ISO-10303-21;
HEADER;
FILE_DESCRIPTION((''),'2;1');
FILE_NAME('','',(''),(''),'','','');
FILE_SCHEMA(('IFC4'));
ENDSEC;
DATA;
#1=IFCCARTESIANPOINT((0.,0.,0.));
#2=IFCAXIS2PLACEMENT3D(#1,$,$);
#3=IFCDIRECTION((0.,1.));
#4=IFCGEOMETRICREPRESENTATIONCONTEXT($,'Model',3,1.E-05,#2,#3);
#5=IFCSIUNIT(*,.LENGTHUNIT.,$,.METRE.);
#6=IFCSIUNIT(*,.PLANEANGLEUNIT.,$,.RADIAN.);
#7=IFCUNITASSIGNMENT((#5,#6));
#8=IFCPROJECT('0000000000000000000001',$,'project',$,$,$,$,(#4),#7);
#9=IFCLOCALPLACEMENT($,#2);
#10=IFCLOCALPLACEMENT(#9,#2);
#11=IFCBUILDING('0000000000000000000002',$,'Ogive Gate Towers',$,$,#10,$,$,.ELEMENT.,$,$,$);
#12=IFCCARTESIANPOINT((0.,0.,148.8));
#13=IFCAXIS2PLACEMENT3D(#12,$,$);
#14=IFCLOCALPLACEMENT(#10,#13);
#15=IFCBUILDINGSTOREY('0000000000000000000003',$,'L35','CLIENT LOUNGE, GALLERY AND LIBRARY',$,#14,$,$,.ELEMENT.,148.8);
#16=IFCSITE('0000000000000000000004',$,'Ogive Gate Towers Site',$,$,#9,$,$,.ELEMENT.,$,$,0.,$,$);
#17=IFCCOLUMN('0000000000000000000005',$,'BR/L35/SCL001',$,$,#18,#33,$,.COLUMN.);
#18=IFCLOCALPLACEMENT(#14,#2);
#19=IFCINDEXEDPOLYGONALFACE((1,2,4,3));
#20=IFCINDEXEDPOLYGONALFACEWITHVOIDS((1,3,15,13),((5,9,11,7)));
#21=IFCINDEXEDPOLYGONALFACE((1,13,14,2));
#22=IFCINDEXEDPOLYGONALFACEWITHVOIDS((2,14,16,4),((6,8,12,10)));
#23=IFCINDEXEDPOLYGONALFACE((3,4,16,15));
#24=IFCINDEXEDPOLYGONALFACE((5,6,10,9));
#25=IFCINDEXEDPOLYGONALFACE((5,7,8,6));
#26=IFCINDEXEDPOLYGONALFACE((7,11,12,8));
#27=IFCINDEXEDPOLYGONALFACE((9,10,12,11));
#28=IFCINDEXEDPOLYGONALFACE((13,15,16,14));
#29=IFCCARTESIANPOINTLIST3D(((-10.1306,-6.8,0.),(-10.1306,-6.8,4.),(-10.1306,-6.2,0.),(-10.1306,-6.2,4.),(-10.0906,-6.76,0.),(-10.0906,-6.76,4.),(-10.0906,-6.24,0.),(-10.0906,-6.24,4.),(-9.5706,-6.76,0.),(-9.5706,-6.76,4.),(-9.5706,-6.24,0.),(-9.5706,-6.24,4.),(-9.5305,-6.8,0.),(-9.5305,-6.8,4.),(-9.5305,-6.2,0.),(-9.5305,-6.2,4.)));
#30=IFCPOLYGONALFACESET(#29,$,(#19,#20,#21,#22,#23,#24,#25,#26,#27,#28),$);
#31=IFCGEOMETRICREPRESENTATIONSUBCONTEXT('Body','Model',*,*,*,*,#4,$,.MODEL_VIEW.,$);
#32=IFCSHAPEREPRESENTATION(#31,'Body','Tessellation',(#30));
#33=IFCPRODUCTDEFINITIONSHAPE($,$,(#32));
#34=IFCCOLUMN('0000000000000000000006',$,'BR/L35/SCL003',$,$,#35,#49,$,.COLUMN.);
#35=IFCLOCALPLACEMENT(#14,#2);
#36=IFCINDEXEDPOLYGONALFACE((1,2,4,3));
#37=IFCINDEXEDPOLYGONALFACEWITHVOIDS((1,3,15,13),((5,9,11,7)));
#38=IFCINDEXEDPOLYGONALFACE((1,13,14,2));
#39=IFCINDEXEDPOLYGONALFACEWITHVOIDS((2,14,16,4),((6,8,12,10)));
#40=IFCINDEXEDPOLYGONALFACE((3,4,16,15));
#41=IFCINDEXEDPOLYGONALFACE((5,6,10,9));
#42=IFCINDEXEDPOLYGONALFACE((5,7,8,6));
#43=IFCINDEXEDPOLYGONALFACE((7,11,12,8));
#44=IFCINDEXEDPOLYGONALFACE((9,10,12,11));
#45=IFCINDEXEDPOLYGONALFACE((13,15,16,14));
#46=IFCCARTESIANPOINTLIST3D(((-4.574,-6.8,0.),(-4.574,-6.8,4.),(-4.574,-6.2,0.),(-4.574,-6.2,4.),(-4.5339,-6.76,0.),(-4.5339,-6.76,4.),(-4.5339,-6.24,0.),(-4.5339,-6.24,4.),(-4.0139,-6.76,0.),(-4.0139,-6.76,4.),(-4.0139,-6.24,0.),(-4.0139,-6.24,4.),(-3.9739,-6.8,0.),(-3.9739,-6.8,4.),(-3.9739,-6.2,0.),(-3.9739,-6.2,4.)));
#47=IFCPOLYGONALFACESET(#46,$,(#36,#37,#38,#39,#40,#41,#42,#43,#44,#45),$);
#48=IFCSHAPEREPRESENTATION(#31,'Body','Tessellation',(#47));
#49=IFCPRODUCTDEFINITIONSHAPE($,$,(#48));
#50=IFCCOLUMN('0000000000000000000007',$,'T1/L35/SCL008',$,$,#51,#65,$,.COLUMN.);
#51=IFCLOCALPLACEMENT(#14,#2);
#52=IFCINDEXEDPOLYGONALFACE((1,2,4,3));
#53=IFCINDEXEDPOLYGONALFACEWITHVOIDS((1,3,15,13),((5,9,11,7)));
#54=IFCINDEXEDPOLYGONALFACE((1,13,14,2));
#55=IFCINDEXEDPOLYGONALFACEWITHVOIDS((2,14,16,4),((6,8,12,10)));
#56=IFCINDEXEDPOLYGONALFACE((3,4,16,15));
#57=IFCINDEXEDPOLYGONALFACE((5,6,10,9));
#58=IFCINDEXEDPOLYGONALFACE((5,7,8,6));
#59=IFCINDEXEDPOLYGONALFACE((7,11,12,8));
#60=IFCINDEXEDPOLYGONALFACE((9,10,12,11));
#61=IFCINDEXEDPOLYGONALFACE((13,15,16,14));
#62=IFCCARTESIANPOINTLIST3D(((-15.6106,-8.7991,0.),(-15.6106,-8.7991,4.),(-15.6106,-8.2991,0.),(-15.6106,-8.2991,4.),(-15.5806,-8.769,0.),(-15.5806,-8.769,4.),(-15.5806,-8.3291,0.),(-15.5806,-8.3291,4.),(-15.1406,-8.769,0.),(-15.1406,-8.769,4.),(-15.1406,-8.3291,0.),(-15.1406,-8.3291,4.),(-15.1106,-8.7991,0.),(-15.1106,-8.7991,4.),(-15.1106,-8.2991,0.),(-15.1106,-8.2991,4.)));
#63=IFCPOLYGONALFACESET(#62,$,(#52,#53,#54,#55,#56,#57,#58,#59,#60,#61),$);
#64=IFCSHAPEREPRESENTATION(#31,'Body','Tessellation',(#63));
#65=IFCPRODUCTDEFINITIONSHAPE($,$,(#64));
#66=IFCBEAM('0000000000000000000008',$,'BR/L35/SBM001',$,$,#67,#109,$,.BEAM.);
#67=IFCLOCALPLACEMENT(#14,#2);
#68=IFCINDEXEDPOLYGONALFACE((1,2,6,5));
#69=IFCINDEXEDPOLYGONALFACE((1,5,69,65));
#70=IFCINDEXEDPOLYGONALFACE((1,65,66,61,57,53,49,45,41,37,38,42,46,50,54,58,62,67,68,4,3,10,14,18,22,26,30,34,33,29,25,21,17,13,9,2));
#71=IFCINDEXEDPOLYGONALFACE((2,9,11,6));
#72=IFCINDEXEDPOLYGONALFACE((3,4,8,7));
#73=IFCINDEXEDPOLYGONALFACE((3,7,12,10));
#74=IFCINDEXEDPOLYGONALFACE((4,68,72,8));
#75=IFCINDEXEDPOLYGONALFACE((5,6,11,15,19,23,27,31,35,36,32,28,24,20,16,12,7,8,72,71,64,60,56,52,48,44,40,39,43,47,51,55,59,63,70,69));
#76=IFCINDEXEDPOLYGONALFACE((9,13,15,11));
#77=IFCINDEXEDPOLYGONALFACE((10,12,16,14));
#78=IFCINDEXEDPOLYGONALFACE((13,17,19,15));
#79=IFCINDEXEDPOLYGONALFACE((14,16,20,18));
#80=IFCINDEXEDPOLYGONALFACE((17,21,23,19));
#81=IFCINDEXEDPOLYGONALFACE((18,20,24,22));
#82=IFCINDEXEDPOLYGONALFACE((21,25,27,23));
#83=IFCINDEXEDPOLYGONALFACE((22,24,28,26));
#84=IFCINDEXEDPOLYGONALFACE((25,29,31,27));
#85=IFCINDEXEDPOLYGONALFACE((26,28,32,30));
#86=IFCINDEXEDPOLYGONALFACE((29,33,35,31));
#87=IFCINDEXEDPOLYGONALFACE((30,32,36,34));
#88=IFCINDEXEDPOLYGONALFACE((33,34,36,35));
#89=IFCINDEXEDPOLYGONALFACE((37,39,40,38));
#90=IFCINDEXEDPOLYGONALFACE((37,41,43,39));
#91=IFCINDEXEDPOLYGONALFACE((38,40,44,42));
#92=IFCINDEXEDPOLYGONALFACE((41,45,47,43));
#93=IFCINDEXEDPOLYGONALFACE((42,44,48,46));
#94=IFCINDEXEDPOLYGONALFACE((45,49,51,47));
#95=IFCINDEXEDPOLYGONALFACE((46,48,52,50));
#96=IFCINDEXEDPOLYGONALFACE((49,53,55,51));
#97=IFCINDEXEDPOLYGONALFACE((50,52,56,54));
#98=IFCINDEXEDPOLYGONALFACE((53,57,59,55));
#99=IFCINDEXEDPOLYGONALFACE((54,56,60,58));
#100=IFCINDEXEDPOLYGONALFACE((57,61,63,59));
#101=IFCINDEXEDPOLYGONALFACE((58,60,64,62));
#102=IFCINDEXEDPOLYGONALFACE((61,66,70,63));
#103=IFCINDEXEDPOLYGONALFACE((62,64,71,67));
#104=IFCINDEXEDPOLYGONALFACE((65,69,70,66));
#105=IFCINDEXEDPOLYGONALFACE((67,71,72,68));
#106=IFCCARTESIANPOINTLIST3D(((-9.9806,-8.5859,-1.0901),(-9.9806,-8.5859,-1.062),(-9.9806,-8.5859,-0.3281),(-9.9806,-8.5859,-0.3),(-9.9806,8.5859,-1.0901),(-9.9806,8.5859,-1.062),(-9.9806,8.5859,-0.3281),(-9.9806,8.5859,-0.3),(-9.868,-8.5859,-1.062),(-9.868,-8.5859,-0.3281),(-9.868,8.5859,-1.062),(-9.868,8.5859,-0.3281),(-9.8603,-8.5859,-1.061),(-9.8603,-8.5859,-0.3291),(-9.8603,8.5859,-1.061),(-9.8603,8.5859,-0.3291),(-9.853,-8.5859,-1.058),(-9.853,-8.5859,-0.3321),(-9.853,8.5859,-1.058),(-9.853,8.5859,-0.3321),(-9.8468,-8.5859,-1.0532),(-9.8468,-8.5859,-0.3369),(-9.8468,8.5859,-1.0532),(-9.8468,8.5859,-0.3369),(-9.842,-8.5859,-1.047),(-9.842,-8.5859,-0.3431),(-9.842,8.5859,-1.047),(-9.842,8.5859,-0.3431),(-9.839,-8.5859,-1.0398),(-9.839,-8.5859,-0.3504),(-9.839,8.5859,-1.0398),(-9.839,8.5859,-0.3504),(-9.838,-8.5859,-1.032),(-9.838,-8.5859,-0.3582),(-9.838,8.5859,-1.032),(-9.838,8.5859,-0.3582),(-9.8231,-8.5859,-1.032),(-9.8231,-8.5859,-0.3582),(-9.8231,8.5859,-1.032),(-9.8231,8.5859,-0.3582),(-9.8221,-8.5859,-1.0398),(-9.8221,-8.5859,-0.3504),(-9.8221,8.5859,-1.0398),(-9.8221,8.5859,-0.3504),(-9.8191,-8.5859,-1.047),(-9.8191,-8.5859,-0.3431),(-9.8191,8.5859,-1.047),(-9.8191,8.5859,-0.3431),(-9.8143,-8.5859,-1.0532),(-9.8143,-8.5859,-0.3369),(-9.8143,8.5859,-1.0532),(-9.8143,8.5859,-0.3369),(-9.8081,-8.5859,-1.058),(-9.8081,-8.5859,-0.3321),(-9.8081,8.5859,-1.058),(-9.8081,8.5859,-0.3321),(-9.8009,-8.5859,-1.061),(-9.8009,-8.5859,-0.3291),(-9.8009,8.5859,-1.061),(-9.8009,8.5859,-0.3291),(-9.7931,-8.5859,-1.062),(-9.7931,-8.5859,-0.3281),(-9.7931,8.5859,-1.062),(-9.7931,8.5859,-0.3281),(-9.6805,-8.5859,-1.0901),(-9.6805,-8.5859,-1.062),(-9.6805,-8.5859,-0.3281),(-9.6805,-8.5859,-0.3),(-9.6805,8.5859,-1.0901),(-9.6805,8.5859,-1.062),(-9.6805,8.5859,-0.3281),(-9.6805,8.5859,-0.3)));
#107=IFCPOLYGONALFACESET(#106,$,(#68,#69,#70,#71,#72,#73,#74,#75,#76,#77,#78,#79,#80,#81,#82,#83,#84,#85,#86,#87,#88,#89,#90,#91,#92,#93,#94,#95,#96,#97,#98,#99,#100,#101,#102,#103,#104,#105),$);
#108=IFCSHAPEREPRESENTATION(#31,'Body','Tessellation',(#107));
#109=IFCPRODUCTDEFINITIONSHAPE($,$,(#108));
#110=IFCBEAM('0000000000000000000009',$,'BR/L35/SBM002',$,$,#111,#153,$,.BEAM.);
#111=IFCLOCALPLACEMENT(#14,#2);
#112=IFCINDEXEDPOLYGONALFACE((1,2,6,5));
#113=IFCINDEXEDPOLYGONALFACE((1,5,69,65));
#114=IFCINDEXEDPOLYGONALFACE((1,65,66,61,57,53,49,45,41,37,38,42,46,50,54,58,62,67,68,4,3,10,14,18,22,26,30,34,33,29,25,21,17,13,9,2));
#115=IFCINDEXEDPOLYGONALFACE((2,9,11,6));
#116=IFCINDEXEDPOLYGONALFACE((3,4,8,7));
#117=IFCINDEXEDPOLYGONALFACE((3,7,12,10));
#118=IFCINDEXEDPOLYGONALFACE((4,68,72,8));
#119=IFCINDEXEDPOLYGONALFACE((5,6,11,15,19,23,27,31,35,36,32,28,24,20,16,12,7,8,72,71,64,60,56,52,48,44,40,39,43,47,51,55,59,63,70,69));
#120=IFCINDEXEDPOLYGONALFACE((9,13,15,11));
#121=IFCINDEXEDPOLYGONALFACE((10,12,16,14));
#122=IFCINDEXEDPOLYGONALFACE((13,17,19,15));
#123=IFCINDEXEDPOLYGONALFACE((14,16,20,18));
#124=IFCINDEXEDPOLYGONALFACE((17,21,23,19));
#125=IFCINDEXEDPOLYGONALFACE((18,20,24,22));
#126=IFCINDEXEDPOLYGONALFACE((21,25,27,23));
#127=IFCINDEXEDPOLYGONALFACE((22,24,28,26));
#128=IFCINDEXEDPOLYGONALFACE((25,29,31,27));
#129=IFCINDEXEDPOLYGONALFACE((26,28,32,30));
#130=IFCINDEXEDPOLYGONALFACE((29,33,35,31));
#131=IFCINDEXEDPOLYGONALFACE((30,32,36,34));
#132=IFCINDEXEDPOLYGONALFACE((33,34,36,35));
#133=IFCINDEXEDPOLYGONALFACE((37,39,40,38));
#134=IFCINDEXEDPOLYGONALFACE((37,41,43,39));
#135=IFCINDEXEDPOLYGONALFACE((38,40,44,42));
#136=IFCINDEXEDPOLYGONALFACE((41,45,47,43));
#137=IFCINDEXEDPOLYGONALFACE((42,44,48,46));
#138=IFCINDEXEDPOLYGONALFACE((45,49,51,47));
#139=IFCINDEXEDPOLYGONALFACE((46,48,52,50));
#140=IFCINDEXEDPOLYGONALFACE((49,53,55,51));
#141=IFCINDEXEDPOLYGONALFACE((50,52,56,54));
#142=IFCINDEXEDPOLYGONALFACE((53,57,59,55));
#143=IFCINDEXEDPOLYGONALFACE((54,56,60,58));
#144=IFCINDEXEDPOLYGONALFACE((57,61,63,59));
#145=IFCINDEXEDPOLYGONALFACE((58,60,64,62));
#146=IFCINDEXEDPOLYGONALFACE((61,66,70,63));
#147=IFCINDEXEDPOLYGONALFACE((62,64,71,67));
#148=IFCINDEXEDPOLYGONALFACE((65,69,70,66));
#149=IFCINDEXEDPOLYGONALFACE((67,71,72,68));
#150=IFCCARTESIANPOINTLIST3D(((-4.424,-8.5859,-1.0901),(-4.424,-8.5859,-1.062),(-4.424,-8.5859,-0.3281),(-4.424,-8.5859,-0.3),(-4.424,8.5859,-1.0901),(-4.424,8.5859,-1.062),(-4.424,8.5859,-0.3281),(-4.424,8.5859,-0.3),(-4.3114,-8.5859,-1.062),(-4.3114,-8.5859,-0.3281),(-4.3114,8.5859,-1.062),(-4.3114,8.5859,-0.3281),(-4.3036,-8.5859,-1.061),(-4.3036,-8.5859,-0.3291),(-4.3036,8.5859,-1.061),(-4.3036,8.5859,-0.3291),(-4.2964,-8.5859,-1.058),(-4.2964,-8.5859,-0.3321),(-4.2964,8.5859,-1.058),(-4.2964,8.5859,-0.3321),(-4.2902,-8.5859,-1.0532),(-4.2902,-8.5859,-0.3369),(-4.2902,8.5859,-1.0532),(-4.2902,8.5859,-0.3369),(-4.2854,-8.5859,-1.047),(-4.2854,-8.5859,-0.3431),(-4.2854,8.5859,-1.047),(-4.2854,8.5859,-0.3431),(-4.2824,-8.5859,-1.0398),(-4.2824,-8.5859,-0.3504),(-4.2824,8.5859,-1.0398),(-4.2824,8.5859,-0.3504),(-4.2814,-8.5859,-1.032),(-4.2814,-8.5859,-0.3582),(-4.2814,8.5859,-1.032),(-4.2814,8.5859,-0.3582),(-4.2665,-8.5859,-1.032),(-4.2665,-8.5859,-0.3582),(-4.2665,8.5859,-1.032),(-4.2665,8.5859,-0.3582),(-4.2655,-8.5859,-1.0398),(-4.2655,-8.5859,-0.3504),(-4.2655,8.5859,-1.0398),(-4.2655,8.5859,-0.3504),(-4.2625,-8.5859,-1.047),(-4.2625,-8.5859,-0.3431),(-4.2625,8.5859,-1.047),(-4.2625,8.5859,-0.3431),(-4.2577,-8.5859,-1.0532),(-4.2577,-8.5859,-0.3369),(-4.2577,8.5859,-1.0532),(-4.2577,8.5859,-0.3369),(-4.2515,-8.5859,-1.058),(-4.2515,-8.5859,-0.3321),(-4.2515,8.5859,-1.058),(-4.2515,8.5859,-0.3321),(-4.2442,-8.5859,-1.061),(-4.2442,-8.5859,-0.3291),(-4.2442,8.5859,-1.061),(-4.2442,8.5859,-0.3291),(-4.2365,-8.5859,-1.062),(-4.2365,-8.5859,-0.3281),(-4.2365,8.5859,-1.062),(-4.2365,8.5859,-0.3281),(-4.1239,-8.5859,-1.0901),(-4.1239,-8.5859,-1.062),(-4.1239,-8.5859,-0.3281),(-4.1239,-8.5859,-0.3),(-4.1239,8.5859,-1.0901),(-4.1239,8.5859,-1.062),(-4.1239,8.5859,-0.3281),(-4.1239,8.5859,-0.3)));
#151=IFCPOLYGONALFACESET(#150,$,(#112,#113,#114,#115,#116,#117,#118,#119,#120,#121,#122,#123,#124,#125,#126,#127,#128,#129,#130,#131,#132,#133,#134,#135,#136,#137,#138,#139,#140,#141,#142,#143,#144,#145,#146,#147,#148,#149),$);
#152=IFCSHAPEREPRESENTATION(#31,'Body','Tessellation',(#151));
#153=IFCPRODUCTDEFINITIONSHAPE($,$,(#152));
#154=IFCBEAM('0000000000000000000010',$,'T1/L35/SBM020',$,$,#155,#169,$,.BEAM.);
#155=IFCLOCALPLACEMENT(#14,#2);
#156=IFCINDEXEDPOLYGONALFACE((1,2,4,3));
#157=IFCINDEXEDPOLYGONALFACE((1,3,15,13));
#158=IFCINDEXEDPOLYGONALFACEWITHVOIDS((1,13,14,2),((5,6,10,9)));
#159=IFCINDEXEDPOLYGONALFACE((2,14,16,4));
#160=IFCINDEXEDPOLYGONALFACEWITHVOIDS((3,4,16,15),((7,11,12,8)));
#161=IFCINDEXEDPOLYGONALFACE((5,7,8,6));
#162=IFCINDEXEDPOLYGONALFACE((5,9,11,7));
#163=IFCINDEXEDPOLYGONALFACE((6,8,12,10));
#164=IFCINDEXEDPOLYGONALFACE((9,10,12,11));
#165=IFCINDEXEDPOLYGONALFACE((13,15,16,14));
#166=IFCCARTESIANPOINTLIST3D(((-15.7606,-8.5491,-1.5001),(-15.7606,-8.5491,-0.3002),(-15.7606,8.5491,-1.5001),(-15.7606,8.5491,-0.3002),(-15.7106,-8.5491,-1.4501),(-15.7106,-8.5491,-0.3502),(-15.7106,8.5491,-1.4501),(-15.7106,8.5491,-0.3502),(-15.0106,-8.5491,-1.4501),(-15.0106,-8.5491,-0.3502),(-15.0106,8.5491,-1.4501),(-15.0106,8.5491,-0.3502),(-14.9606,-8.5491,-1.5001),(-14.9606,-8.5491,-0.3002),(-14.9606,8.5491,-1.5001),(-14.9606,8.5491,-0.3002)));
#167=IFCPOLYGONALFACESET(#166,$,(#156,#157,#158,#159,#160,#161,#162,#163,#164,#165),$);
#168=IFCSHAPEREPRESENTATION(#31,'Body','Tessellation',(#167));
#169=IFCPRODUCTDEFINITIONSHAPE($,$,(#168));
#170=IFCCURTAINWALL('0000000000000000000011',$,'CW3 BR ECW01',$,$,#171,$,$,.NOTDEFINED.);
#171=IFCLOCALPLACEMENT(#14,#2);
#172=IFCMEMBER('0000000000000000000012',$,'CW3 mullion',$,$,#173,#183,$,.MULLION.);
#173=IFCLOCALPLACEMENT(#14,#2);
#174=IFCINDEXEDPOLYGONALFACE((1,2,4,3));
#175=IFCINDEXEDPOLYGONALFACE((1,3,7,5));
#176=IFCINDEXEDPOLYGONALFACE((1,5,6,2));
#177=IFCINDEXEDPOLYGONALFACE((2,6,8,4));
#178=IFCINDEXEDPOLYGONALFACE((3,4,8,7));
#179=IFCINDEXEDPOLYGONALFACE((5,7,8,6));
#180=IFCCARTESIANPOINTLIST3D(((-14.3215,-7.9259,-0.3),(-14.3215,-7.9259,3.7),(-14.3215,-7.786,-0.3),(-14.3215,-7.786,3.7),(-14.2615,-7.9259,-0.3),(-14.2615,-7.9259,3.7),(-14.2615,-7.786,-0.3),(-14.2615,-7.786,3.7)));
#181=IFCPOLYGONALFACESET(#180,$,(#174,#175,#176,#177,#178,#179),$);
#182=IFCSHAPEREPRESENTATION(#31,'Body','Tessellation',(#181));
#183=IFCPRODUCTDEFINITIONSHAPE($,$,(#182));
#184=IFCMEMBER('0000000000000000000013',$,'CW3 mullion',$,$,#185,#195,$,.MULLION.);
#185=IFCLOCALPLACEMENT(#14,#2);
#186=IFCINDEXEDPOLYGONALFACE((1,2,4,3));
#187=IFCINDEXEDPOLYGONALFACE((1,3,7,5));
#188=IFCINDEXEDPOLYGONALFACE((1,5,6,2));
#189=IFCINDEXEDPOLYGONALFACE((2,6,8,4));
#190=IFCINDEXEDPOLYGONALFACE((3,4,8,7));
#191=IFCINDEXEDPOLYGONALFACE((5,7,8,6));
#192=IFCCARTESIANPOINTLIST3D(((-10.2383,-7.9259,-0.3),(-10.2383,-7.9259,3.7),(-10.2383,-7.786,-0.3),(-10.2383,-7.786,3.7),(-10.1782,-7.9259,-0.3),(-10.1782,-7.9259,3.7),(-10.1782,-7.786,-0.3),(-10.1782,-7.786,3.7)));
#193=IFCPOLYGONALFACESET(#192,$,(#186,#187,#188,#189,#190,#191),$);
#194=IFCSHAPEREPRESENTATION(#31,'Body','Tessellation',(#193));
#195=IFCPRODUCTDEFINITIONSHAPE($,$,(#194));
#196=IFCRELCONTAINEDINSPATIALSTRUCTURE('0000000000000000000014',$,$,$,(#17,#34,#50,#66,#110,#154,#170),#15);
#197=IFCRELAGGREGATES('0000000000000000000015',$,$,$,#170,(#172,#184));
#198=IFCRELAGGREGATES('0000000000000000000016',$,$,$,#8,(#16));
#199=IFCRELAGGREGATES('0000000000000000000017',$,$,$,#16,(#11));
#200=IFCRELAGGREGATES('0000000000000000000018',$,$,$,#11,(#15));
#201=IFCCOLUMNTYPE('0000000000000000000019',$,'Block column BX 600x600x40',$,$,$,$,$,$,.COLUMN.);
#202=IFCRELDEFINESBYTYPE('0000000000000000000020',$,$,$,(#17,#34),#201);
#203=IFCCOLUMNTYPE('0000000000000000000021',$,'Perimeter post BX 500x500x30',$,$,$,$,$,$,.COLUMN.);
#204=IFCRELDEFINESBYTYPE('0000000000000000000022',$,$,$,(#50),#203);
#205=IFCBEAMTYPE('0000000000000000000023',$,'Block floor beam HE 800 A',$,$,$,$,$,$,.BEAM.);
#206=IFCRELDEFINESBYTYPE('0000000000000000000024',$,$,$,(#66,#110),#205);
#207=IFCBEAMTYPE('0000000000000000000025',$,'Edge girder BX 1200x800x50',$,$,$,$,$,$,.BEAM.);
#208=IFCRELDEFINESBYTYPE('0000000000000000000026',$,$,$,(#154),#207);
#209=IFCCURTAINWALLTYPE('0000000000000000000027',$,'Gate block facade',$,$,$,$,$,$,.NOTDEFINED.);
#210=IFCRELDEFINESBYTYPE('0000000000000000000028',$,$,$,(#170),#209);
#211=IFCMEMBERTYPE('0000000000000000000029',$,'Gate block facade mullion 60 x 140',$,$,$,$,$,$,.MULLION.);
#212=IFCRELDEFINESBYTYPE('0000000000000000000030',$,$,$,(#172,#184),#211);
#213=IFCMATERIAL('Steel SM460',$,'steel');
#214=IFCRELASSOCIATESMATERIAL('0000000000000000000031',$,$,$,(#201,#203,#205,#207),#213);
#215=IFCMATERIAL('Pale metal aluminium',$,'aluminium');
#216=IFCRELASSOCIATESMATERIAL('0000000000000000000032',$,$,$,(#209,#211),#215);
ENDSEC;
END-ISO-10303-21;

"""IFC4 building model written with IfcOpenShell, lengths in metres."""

from ifc_helpers import new_model, si_unit, direction, frame, origin, origin_2d, place, context, subcontext, project, spatial, rectangle, hollow_rectangle, i_section, extrude, material, material_profile, profile_set, type_object, element, aggregate, save


model = new_model("IFC4")

# Units and contexts
model_context = context("Model", 3, precision=1e-05, world=origin(), true_north=direction((0.0, 1.0)))
body_context = subcontext(model_context, "Body", "Model", "MODEL_VIEW")
ifc_project = project(units=[si_unit("LENGTHUNIT", "METRE"), si_unit("PLANEANGLEUNIT", "RADIAN")], contexts=[model_context])

# Site, building, storey
site_placement = place(None, origin())
site = spatial("IfcSite", under=ifc_project, at=site_placement, Name="Ogive Gate Towers Site", CompositionType="ELEMENT", RefElevation=0.0)
building_placement = place(site_placement, origin())
building = spatial("IfcBuilding", under=site, at=building_placement, Name="Ogive Gate Towers", CompositionType="ELEMENT")
storey_placement = place(building_placement, frame((0.0, 0.0, 148.8)))
storey = spatial("IfcBuildingStorey", under=building, at=storey_placement, Name="L35", Description="CLIENT LOUNGE, GALLERY AND LIBRARY", CompositionType="ELEMENT", Elevation=148.8)

# Columns
ifc_material_1 = material(Name="Steel SM460", Category="steel")
ifc_material_profile_1 = material_profile(ifc_material_1, hollow_rectangle(XDim=0.6001, YDim=0.6001, WallThickness=0.04, at=origin_2d()), Name="BX 600x600x40")
ifc_profile_set_1 = profile_set([ifc_material_profile_1], Name="Steel SM460")
column_type_1 = type_object("IfcColumnType", Name="Block column BX 600x600x40", PredefinedType="COLUMN", material=ifc_profile_set_1)
for number, where, z_axis, x_axis, name in (
    (1, (-9.8306, -6.5, 0.0), (0.0, 0.0, 1.0), (1.0, 0.0, 0.0), "BR/L35/SCL001"),
    (2, (-4.2739, -6.5, 0.0), (0.0, 0.0, 1.0), (1.0, 0.0, 0.0), "BR/L35/SCL003"),
):
    element("IfcColumn", number, at=place(storey_placement, frame(where, z_axis=z_axis, x_axis=x_axis)), inside=storey, type_object=column_type_1, Name=name, PredefinedType="COLUMN", context=body_context, shape_type="SweptSolid", body=[
        extrude(hollow_rectangle(XDim=0.6001, YDim=0.6001, WallThickness=0.04, at=origin_2d()), origin(), (0.0, 0.0, 1.0), 4.0),
    ])
ifc_material_profile_2 = material_profile(ifc_material_1, hollow_rectangle(XDim=0.5, YDim=0.5, WallThickness=0.03, at=origin_2d()), Name="BX 500x500x30")
ifc_profile_set_2 = profile_set([ifc_material_profile_2], Name="Steel SM460")
column_type_2 = type_object("IfcColumnType", Name="Perimeter post BX 500x500x30", PredefinedType="COLUMN", material=ifc_profile_set_2)
column_placement = place(storey_placement, frame((-15.3606, -8.5491, 0.0), z_axis=(0.0, 0.0, 1.0), x_axis=(1.0, 0.0, 0.0)))
element("IfcColumn", 3, at=column_placement, inside=storey, type_object=column_type_2, Name="T1/L35/SCL008", PredefinedType="COLUMN", context=body_context, shape_type="SweptSolid", body=[
    extrude(hollow_rectangle(XDim=0.5, YDim=0.5, WallThickness=0.03, at=origin_2d()), origin(), (0.0, 0.0, 1.0), 4.0),
])

# Beams
ifc_material_profile_3 = material_profile(ifc_material_1, i_section(OverallWidth=0.3, OverallDepth=0.79, WebThickness=0.0149, FlangeThickness=0.0281, FilletRadius=0.03, at=origin_2d()), Name="HE 800 A")
ifc_profile_set_3 = profile_set([ifc_material_profile_3], Name="Steel SM460")
beam_type_1 = type_object("IfcBeamType", Name="Block floor beam HE 800 A", PredefinedType="BEAM", material=ifc_profile_set_3)
for number, where, z_axis, x_axis, name in (
    (4, (-9.8306, -8.5859, -0.6951), (0.0, 1.0, 0.0), (-1.0, 0.0, 0.0), "BR/L35/SBM001"),
    (5, (-4.2739, -8.5859, -0.6951), (0.0, 1.0, 0.0), (-1.0, 0.0, 0.0), "BR/L35/SBM002"),
):
    element("IfcBeam", number, at=place(storey_placement, frame(where, z_axis=z_axis, x_axis=x_axis)), inside=storey, type_object=beam_type_1, Name=name, PredefinedType="BEAM", context=body_context, shape_type="SweptSolid", body=[
        extrude(i_section(OverallWidth=0.3, OverallDepth=0.79, WebThickness=0.0149, FlangeThickness=0.0281, FilletRadius=0.03, at=origin_2d()), origin(), (0.0, 0.0, 1.0), 17.1719),
    ])
ifc_material_profile_4 = material_profile(ifc_material_1, hollow_rectangle(XDim=0.8, YDim=1.2, WallThickness=0.05, at=origin_2d()), Name="BX 1200x800x50")
ifc_profile_set_4 = profile_set([ifc_material_profile_4], Name="Steel SM460")
beam_type_2 = type_object("IfcBeamType", Name="Edge girder BX 1200x800x50", PredefinedType="BEAM", material=ifc_profile_set_4)
beam_placement = place(storey_placement, frame((-15.3606, -8.5491, -0.9001), z_axis=(0.0, 1.0, 0.0), x_axis=(-1.0, 0.0, 0.0)))
element("IfcBeam", 6, at=beam_placement, inside=storey, type_object=beam_type_2, Name="T1/L35/SBM020", PredefinedType="BEAM", context=body_context, shape_type="SweptSolid", body=[
    extrude(hollow_rectangle(XDim=0.8, YDim=1.2, WallThickness=0.05, at=origin_2d()), origin(), (0.0, 0.0, 1.0), 17.0981),
])

# Curtain wall, members
ifc_material_2 = material(Name="Pale metal aluminium", Category="aluminium")
curtain_wall_type_1 = type_object("IfcCurtainWallType", Name="Gate block facade", PredefinedType="NOTDEFINED", material=ifc_material_2)
curtain_wall_1_placement = place(storey_placement, origin())
curtain_wall_1 = element("IfcCurtainWall", 7, at=curtain_wall_1_placement, inside=storey, type_object=curtain_wall_type_1, Name="CW3 BR ECW01", PredefinedType="NOTDEFINED")
ifc_material_profile_5 = material_profile(ifc_material_2, rectangle(XDim=0.1399, YDim=0.0601, at=origin_2d()), Name="60 x 140 aluminium box")
ifc_profile_set_5 = profile_set([ifc_material_profile_5], Name="Pale metal aluminium")
member_type_1 = type_object("IfcMemberType", Name="Gate block facade mullion 60 x 140", PredefinedType="MULLION", material=ifc_profile_set_5)
member_1_placement = place(storey_placement, frame((-14.2915, -7.856, -0.3), z_axis=(0.0, 0.0, 1.0), x_axis=(0.0, -1.0, 0.0)))
member_1 = element("IfcMember", 8, at=member_1_placement, type_object=member_type_1, Name="CW3 mullion", PredefinedType="MULLION", context=body_context, shape_type="SweptSolid", body=[
    extrude(rectangle(XDim=0.1399, YDim=0.0601, at=origin_2d()), origin(), (0.0, 0.0, 1.0), 4.0),
])
member_2_placement = place(storey_placement, frame((-10.2083, -7.856, -0.3), z_axis=(0.0, 0.0, 1.0), x_axis=(0.0, -1.0, 0.0)))
member_2 = element("IfcMember", 9, at=member_2_placement, type_object=member_type_1, Name="CW3 mullion", PredefinedType="MULLION", context=body_context, shape_type="SweptSolid", body=[
    extrude(rectangle(XDim=0.1399, YDim=0.0601, at=origin_2d()), origin(), (0.0, 0.0, 1.0), 4.0),
])

aggregate(curtain_wall_1, [member_1, member_2])

save(model, "model.ifc")
